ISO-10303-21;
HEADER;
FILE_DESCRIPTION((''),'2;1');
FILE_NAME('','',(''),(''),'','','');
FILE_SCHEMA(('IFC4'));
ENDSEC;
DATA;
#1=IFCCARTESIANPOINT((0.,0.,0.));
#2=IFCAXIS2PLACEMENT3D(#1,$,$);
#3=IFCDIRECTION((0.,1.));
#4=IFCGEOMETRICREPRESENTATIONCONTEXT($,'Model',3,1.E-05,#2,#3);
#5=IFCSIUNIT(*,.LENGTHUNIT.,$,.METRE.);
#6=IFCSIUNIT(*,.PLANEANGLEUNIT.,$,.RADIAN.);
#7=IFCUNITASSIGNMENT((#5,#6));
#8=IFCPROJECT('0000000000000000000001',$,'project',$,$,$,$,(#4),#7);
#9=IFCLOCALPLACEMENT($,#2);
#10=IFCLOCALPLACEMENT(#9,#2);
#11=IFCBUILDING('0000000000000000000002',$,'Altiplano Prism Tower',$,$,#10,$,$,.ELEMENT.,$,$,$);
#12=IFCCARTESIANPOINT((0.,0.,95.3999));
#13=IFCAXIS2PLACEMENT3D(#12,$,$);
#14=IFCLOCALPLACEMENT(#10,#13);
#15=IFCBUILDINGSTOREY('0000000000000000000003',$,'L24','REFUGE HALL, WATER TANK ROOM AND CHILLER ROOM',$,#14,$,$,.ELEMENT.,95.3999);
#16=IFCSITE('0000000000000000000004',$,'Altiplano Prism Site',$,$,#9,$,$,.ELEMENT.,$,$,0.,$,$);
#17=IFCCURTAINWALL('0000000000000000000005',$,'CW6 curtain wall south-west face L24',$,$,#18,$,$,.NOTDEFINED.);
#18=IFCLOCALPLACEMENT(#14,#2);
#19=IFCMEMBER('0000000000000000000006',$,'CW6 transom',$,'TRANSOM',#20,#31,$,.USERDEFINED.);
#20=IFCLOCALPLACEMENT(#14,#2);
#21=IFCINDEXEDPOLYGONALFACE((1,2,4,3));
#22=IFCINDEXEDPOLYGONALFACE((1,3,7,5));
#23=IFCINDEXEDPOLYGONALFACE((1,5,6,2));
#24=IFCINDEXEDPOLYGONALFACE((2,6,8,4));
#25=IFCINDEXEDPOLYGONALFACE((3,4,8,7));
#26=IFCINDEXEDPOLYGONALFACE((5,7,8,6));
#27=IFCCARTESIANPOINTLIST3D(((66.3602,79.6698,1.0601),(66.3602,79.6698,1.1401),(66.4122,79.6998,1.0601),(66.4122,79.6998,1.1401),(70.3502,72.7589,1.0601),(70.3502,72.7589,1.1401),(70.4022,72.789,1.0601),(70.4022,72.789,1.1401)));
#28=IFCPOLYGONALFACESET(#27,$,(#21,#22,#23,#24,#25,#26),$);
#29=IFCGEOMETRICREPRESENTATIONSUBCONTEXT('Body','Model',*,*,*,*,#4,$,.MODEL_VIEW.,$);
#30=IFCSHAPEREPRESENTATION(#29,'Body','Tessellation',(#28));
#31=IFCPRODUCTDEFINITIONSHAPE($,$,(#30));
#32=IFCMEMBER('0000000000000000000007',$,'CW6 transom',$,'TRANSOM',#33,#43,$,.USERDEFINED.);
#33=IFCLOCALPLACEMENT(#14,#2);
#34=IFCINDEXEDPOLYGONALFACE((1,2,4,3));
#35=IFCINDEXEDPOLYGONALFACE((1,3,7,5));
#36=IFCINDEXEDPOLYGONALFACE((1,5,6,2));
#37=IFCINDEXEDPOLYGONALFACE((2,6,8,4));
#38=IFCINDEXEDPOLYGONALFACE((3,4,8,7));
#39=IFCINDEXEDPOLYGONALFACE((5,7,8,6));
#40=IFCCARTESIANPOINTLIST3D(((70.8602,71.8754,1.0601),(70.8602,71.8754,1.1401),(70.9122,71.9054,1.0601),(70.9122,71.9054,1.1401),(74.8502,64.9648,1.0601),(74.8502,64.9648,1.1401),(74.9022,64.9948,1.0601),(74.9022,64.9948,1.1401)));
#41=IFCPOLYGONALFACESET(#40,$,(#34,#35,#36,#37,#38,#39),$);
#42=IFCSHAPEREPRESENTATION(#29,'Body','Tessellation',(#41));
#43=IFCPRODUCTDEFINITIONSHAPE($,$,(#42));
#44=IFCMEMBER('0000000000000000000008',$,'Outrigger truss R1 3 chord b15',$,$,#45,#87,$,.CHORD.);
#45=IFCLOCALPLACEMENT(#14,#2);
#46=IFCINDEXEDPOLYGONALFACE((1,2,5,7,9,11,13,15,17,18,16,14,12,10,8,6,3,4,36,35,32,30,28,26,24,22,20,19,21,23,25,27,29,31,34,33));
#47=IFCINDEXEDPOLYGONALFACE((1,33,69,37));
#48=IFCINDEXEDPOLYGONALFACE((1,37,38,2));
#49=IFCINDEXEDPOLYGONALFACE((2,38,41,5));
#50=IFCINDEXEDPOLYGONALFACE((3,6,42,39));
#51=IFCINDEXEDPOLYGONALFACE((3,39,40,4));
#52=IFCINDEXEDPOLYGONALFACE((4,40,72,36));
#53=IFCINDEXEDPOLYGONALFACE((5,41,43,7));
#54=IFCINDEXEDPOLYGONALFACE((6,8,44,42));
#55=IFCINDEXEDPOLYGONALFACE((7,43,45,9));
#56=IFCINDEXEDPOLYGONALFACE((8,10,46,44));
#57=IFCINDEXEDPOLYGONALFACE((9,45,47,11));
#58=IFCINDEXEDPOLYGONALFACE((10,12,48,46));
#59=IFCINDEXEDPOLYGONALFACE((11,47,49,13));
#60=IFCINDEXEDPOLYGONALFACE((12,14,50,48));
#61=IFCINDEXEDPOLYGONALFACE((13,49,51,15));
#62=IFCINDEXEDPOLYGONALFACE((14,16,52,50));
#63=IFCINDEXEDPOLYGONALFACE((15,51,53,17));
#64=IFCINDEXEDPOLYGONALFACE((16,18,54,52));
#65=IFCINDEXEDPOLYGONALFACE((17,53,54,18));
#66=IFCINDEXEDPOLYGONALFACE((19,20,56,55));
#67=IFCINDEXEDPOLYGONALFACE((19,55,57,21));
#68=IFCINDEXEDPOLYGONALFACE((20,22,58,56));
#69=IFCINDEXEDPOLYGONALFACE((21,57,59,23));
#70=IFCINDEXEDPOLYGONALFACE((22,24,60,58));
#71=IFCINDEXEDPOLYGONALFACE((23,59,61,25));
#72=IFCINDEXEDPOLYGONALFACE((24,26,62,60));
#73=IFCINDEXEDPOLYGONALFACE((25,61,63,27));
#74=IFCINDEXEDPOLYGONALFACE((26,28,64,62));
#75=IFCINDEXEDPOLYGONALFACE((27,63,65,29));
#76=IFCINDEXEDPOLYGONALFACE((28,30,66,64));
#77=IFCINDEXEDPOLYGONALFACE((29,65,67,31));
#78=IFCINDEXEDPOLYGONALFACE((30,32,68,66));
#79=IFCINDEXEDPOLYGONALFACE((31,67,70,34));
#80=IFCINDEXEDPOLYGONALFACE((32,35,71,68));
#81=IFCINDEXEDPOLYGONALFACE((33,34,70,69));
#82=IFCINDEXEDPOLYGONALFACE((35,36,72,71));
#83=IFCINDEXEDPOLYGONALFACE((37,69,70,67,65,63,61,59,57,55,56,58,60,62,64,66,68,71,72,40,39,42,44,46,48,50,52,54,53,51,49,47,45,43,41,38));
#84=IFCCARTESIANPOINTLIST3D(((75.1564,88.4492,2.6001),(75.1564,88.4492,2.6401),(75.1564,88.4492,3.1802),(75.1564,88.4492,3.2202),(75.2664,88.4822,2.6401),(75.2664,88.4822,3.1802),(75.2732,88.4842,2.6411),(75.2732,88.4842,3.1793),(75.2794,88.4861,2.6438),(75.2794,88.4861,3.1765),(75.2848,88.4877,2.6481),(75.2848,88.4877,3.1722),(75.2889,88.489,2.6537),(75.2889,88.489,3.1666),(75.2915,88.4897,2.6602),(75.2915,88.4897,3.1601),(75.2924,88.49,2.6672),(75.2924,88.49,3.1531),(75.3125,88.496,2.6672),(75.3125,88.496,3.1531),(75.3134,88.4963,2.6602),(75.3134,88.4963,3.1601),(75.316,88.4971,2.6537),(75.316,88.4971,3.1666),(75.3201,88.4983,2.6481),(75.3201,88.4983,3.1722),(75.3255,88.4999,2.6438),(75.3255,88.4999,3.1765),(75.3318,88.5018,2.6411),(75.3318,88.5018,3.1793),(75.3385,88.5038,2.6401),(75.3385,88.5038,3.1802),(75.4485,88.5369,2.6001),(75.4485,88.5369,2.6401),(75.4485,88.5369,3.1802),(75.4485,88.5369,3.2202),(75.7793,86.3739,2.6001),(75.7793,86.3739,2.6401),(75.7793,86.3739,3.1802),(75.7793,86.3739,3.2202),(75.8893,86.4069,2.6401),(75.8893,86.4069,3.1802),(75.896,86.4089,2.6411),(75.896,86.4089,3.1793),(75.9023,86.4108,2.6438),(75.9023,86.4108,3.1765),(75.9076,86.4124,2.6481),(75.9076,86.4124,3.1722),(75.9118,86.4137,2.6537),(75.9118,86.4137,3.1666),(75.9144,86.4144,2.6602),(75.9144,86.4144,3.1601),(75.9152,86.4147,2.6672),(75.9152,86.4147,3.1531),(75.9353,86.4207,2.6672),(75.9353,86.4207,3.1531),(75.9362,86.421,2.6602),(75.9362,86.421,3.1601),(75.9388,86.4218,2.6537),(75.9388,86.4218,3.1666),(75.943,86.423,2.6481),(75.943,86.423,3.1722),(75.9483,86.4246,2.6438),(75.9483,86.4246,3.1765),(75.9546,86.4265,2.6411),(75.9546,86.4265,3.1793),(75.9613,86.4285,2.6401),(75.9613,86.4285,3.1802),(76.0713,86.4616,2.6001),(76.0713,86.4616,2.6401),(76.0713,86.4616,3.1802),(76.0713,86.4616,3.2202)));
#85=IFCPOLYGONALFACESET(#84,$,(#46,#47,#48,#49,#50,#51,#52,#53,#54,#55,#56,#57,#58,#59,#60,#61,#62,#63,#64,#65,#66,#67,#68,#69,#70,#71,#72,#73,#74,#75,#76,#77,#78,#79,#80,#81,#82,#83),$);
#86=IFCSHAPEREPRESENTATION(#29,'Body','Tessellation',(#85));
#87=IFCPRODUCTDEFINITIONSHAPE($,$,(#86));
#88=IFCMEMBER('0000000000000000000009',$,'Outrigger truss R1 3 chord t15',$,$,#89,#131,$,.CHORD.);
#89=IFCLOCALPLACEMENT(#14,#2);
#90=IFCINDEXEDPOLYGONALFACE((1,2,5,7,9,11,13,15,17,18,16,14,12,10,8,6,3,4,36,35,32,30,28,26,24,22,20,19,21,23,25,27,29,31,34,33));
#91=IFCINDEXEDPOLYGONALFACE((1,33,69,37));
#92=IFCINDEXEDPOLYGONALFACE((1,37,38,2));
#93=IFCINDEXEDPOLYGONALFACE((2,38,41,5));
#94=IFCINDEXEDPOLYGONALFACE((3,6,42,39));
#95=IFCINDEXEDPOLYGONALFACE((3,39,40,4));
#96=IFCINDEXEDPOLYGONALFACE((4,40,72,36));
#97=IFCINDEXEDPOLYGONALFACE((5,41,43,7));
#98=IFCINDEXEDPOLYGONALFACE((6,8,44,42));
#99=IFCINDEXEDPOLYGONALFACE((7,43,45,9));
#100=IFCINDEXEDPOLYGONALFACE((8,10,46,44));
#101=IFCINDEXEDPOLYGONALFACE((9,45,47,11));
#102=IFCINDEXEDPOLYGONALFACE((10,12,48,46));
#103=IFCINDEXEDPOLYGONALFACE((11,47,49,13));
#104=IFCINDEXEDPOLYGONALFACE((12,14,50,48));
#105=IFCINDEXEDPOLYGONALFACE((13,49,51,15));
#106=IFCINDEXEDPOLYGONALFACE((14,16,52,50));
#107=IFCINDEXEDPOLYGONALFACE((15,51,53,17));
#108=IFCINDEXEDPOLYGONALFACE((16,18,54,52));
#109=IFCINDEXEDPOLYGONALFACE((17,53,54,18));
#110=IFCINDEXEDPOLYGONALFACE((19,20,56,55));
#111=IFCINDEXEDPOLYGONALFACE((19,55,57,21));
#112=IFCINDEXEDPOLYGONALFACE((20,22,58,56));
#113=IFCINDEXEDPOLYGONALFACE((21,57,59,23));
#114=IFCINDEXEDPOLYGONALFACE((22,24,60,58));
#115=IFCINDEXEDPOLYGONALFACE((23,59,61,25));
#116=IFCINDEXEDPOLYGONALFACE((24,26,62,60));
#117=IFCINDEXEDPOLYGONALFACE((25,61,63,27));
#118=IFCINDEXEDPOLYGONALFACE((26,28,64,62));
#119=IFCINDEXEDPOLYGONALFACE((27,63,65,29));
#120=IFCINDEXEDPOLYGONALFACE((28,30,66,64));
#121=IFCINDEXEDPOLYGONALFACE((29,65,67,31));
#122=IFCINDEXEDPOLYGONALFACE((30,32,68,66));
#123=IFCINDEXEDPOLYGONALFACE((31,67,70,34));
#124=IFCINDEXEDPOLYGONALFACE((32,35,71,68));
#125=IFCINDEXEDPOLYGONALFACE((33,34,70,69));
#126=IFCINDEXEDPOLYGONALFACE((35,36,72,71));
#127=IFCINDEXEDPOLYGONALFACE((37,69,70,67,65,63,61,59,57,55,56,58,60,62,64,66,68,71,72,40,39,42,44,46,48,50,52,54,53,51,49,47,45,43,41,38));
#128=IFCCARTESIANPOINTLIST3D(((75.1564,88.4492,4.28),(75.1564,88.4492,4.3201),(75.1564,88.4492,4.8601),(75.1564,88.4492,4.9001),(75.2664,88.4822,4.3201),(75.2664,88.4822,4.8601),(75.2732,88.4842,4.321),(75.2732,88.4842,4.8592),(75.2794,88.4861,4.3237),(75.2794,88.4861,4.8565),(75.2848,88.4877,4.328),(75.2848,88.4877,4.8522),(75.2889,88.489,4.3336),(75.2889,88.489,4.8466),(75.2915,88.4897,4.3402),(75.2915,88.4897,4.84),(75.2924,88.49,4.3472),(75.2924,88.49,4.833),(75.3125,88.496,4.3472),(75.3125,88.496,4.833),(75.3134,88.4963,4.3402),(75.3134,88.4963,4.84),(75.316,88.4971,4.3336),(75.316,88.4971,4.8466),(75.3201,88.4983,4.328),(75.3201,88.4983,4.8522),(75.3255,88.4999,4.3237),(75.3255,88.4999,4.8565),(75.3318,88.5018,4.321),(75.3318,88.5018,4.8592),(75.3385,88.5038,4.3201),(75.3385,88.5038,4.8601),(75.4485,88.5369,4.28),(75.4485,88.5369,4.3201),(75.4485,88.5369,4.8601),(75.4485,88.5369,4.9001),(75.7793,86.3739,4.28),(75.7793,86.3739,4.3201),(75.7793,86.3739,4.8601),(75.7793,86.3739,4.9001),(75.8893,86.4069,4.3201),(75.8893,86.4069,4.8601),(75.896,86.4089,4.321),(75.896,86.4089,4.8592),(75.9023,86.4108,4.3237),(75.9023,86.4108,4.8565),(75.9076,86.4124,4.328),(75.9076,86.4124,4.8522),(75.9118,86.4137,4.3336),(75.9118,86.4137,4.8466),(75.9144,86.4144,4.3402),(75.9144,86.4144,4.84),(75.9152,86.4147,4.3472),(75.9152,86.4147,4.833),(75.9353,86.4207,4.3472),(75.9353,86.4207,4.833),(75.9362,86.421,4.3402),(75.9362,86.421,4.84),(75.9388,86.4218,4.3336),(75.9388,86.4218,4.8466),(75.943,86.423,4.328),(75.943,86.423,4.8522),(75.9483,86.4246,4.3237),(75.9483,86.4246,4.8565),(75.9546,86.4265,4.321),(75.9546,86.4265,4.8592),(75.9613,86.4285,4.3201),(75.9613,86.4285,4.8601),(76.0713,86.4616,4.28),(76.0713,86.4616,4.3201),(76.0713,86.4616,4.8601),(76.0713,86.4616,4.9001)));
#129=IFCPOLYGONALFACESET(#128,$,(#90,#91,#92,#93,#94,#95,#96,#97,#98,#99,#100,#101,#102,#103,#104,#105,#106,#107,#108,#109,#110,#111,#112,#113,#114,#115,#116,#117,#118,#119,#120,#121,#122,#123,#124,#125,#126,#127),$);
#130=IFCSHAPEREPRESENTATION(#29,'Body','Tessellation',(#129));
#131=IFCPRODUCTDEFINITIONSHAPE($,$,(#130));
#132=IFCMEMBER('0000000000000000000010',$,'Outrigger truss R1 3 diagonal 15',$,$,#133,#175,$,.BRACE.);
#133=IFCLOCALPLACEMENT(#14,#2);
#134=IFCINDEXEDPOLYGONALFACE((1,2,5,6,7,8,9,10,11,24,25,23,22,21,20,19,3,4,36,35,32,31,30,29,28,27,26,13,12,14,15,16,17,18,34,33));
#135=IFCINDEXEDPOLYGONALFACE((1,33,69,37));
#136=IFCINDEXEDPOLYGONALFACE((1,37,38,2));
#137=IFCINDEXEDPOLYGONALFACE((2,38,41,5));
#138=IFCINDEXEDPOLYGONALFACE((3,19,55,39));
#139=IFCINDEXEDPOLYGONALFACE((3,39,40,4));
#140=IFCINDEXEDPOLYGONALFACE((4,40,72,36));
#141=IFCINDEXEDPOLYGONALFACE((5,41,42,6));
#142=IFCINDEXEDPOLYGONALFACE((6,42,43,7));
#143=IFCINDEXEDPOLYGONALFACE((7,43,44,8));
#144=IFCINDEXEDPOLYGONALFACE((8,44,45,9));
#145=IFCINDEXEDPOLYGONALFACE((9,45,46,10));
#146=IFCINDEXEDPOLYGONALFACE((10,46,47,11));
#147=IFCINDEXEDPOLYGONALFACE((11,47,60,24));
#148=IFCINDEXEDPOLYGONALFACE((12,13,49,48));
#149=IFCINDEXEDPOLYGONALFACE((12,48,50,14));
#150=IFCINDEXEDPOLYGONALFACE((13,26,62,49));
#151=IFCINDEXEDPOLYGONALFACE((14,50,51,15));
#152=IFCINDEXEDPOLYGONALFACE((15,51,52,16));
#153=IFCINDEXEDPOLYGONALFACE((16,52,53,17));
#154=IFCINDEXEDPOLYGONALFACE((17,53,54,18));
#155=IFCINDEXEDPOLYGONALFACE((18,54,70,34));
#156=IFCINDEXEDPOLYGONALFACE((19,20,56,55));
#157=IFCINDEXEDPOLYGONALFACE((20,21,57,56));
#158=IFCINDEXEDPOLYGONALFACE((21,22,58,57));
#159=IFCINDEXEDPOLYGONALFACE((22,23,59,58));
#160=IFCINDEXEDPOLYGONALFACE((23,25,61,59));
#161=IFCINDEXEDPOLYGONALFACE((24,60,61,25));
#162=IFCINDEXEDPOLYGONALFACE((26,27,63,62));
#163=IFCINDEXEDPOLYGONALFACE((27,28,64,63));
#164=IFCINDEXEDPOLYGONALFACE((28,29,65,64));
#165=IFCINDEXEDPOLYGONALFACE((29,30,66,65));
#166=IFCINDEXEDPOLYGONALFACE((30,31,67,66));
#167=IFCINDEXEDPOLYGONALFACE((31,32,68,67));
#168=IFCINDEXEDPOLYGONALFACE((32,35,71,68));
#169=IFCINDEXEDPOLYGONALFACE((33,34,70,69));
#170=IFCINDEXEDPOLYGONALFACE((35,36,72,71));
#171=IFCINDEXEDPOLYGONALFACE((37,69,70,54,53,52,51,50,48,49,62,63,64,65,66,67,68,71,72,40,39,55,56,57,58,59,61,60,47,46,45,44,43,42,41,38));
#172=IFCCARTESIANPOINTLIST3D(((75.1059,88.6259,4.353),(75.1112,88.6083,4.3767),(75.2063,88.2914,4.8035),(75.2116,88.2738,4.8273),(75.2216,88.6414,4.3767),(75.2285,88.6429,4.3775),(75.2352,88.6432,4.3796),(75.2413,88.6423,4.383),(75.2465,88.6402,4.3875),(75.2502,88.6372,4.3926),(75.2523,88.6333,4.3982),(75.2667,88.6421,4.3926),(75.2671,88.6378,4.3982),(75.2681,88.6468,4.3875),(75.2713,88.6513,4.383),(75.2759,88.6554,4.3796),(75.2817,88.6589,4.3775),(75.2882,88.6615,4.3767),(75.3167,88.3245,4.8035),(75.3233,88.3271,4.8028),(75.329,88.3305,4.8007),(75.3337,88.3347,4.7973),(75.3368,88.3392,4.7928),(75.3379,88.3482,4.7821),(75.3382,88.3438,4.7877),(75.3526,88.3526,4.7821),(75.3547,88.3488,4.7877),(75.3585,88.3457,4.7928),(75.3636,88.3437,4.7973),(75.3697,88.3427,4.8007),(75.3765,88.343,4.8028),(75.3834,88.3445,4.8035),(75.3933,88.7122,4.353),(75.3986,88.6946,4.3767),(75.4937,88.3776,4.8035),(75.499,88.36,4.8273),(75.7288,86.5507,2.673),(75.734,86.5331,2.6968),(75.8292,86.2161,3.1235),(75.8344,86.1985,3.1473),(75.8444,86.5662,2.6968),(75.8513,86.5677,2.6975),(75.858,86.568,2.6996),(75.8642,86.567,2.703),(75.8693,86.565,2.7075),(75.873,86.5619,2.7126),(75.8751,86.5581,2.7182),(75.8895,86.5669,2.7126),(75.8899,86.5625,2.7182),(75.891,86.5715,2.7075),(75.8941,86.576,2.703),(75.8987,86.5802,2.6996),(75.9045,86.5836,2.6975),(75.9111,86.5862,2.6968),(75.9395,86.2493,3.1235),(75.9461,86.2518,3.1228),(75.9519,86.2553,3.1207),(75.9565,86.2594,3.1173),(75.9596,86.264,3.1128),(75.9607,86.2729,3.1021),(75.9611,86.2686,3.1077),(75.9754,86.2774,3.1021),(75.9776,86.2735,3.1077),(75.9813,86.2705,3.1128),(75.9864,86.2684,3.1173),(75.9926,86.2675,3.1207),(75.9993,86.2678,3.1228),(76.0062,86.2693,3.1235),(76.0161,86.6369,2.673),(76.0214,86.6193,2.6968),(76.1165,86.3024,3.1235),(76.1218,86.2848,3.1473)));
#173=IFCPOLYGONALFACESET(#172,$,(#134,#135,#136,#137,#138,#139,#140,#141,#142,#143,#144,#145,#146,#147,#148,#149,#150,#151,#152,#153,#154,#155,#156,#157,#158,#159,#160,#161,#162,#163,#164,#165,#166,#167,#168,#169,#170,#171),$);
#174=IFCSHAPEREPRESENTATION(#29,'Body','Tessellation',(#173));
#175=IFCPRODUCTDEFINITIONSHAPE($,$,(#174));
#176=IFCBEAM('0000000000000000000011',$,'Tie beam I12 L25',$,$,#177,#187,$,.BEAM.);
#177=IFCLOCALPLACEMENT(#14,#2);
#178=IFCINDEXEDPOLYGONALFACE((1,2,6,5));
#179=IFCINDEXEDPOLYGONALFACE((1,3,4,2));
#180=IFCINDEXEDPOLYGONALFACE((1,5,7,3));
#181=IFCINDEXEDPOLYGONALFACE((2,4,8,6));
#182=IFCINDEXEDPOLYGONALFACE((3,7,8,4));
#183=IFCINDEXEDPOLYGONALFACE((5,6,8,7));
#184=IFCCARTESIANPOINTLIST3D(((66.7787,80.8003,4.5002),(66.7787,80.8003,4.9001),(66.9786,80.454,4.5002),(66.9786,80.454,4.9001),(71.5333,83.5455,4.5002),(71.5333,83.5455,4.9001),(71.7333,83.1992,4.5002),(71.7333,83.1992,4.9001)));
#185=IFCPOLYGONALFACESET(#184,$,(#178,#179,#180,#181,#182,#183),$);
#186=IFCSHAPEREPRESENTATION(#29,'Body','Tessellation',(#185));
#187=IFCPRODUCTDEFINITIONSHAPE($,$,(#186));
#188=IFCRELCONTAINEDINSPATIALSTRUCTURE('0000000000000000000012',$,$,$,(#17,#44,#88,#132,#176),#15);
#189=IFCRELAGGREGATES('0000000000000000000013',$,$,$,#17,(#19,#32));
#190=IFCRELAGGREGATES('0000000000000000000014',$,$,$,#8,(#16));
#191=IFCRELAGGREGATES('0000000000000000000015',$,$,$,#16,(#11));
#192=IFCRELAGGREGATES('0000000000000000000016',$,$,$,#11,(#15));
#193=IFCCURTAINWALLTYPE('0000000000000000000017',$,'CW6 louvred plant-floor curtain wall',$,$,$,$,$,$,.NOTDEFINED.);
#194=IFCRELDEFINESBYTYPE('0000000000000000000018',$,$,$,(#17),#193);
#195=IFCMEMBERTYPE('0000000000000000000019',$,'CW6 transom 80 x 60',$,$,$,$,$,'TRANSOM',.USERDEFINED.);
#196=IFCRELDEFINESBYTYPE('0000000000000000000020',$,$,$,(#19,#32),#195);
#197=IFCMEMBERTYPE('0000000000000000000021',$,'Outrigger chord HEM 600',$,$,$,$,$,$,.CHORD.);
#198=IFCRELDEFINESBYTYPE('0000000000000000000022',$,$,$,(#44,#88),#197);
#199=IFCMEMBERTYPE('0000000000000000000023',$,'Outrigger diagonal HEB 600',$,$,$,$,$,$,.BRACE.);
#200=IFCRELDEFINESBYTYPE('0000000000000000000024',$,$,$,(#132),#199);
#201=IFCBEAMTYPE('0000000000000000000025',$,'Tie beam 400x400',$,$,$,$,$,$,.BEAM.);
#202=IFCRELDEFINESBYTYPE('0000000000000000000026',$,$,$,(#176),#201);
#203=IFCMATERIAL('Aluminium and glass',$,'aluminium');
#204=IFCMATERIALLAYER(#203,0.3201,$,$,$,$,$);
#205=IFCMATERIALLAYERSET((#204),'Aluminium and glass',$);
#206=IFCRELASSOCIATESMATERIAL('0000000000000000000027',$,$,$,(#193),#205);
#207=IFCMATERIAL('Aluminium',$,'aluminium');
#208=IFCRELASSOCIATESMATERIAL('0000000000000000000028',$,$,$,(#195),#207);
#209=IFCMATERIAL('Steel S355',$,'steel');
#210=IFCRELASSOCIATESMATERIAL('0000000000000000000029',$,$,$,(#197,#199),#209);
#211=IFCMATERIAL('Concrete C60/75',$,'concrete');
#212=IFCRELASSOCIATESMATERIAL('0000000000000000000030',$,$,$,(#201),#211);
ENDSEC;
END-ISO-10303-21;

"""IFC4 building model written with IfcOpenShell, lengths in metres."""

from ifc_helpers import new_model, si_unit, direction, frame, origin, origin_2d, place, context, subcontext, project, spatial, rectangle, i_section, extrude, material, layer, layer_set, material_profile, profile_set, type_object, element, aggregate, save


model = new_model("IFC4")

# Units and contexts
model_context = context("Model", 3, precision=1e-05, world=origin(), true_north=direction((0.0, 1.0)))
body_context = subcontext(model_context, "Body", "Model", "MODEL_VIEW")
ifc_project = project(units=[si_unit("LENGTHUNIT", "METRE"), si_unit("PLANEANGLEUNIT", "RADIAN")], contexts=[model_context])

# Site, building, storey
site_placement = place(None, origin())
site = spatial("IfcSite", under=ifc_project, at=site_placement, Name="Altiplano Prism Site", CompositionType="ELEMENT", RefElevation=0.0)
building_placement = place(site_placement, origin())
building = spatial("IfcBuilding", under=site, at=building_placement, Name="Altiplano Prism Tower", CompositionType="ELEMENT")
storey_placement = place(building_placement, frame((0.0, 0.0, 95.3999)))
storey = spatial("IfcBuildingStorey", under=building, at=storey_placement, Name="L24", Description="REFUGE HALL, WATER TANK ROOM AND CHILLER ROOM", CompositionType="ELEMENT", Elevation=95.3999)

# Shared definitions
ifc_material_1 = material(Name="Concrete C60/75", Category="concrete")

# Shared definitions
ifc_material_2 = material(Name="Steel S355", Category="steel")

# Curtain wall, members
ifc_material_3 = material(Name="Aluminium and glass", Category="aluminium")
ifc_layer_1 = layer(ifc_material_3, 0.3201)
ifc_layer_set_1 = layer_set([ifc_layer_1], Name="Aluminium and glass")
curtain_wall_type = type_object("IfcCurtainWallType", Name="CW6 louvred plant-floor curtain wall", PredefinedType="NOTDEFINED", material=ifc_layer_set_1)
curtain_wall_placement = place(storey_placement, origin())
curtain_wall = element("IfcCurtainWall", 1, at=curtain_wall_placement, inside=storey, type_object=curtain_wall_type, Name="CW6 curtain wall south-west face L24", PredefinedType="NOTDEFINED")
ifc_material_4 = material(Name="Aluminium", Category="aluminium")
ifc_material_profile_1 = material_profile(ifc_material_4, rectangle(XDim=0.0601, YDim=0.0801, at=origin_2d()), Name="CW6 transom 80 x 60")
ifc_profile_set_1 = profile_set([ifc_material_profile_1], Name="Aluminium")
member_type_1 = type_object("IfcMemberType", Name="CW6 transom 80 x 60", ElementType="TRANSOM", PredefinedType="USERDEFINED", material=ifc_profile_set_1)
member_1_placement = place(storey_placement, frame((66.3862, 79.6848, 1.1001), z_axis=(0.499999, -0.866026, 0.0), x_axis=(0.866026, 0.499999, 0.0)))
member_1 = element("IfcMember", 2, at=member_1_placement, type_object=member_type_1, Name="CW6 transom", ObjectType="TRANSOM", PredefinedType="USERDEFINED", context=body_context, shape_type="SweptSolid", body=[
    extrude(rectangle(XDim=0.0601, YDim=0.0801, at=origin_2d()), origin(), (0.0, 0.0, 1.0), 7.98),
])
member_2_placement = place(storey_placement, frame((70.8862, 71.8904, 1.1001), z_axis=(0.500012, -0.866018, 0.0), x_axis=(0.866018, 0.500012, 0.0)))
member_2 = element("IfcMember", 3, at=member_2_placement, type_object=member_type_1, Name="CW6 transom", ObjectType="TRANSOM", PredefinedType="USERDEFINED", context=body_context, shape_type="SweptSolid", body=[
    extrude(rectangle(XDim=0.0601, YDim=0.0801, at=origin_2d()), origin(), (0.0, 0.0, 1.0), 7.9797),
])

# Members
ifc_material_profile_2 = material_profile(ifc_material_2, i_section(OverallWidth=0.3049, OverallDepth=0.6201, WebThickness=0.021, FlangeThickness=0.04, FilletRadius=0.0271, at=origin_2d()), Name="Outrigger chord HEM 600")
ifc_profile_set_2 = profile_set([ifc_material_profile_2], Name="Steel S355")
member_type_2 = type_object("IfcMemberType", Name="Outrigger chord HEM 600", PredefinedType="CHORD", material=ifc_profile_set_2)
for number, where, z_axis, x_axis, name in (
    (4, (75.9253, 86.4177, 2.9102), (-0.287451, 0.957795, 0.0), (-0.957795, -0.287451, 0.0), "Outrigger truss R1 3 chord b15"),
    (5, (75.9253, 86.4177, 4.5901), (-0.287451, 0.957795, 0.0), (-0.957795, -0.287451, 0.0), "Outrigger truss R1 3 chord t15"),
):
    element("IfcMember", number, at=place(storey_placement, frame(where, z_axis=z_axis, x_axis=x_axis)), inside=storey, type_object=member_type_2, Name=name, PredefinedType="CHORD", context=body_context, shape_type="SweptSolid", body=[
        extrude(i_section(OverallWidth=0.3049, OverallDepth=0.6201, WebThickness=0.021, FlangeThickness=0.04, FilletRadius=0.0271, at=origin_2d()), origin(), (0.0, 0.0, 1.0), 2.1667),
    ])
ifc_material_profile_3 = material_profile(ifc_material_2, i_section(OverallWidth=0.3, OverallDepth=0.6001, WebThickness=0.0154, FlangeThickness=0.03, FilletRadius=0.0271, at=origin_2d()), Name="Outrigger diagonal HEB 600")
ifc_profile_set_3 = profile_set([ifc_material_profile_3], Name="Steel S355")
member_type_3 = type_object("IfcMemberType", Name="Outrigger diagonal HEB 600", PredefinedType="BRACE", material=ifc_profile_set_3)
member_3_placement = place(storey_placement, frame((75.9253, 86.4177, 2.9102), z_axis=(-0.227166, 0.756923, 0.612751), x_axis=(-0.957795, -0.287451, 0.0)))
element("IfcMember", 6, at=member_3_placement, inside=storey, type_object=member_type_3, Name="Outrigger truss R1 3 diagonal 15", PredefinedType="BRACE", context=body_context, shape_type="SweptSolid", body=[
    extrude(i_section(OverallWidth=0.3, OverallDepth=0.6001, WebThickness=0.0154, FlangeThickness=0.03, FilletRadius=0.0271, at=origin_2d()), origin(), (0.0, 0.0, 1.0), 2.7417),
])

# Beam
ifc_material_profile_4 = material_profile(ifc_material_1, rectangle(XDim=0.3999, YDim=0.3999, at=origin_2d()), Name="Tie beam 400x400")
ifc_profile_set_4 = profile_set([ifc_material_profile_4], Name="Concrete C60/75")
beam_type = type_object("IfcBeamType", Name="Tie beam 400x400", PredefinedType="BEAM", material=ifc_profile_set_4)
for number, where, z_axis, x_axis, name in (
    (7, (71.6333, 83.3723, 4.7002), (-0.866023, -0.500003, 0.0), (0.500003, -0.866023, 0.0), "Tie beam I12 L25"),
):
    element("IfcBeam", number, at=place(storey_placement, frame(where, z_axis=z_axis, x_axis=x_axis)), inside=storey, type_object=beam_type, Name=name, PredefinedType="BEAM", context=body_context, shape_type="SweptSolid", body=[
        extrude(rectangle(XDim=0.3999, YDim=0.3999, at=origin_2d()), origin(), (0.0, 0.0, 1.0), 5.4902),
    ])

aggregate(curtain_wall, [member_1, member_2])

save(model, "model.ifc")
